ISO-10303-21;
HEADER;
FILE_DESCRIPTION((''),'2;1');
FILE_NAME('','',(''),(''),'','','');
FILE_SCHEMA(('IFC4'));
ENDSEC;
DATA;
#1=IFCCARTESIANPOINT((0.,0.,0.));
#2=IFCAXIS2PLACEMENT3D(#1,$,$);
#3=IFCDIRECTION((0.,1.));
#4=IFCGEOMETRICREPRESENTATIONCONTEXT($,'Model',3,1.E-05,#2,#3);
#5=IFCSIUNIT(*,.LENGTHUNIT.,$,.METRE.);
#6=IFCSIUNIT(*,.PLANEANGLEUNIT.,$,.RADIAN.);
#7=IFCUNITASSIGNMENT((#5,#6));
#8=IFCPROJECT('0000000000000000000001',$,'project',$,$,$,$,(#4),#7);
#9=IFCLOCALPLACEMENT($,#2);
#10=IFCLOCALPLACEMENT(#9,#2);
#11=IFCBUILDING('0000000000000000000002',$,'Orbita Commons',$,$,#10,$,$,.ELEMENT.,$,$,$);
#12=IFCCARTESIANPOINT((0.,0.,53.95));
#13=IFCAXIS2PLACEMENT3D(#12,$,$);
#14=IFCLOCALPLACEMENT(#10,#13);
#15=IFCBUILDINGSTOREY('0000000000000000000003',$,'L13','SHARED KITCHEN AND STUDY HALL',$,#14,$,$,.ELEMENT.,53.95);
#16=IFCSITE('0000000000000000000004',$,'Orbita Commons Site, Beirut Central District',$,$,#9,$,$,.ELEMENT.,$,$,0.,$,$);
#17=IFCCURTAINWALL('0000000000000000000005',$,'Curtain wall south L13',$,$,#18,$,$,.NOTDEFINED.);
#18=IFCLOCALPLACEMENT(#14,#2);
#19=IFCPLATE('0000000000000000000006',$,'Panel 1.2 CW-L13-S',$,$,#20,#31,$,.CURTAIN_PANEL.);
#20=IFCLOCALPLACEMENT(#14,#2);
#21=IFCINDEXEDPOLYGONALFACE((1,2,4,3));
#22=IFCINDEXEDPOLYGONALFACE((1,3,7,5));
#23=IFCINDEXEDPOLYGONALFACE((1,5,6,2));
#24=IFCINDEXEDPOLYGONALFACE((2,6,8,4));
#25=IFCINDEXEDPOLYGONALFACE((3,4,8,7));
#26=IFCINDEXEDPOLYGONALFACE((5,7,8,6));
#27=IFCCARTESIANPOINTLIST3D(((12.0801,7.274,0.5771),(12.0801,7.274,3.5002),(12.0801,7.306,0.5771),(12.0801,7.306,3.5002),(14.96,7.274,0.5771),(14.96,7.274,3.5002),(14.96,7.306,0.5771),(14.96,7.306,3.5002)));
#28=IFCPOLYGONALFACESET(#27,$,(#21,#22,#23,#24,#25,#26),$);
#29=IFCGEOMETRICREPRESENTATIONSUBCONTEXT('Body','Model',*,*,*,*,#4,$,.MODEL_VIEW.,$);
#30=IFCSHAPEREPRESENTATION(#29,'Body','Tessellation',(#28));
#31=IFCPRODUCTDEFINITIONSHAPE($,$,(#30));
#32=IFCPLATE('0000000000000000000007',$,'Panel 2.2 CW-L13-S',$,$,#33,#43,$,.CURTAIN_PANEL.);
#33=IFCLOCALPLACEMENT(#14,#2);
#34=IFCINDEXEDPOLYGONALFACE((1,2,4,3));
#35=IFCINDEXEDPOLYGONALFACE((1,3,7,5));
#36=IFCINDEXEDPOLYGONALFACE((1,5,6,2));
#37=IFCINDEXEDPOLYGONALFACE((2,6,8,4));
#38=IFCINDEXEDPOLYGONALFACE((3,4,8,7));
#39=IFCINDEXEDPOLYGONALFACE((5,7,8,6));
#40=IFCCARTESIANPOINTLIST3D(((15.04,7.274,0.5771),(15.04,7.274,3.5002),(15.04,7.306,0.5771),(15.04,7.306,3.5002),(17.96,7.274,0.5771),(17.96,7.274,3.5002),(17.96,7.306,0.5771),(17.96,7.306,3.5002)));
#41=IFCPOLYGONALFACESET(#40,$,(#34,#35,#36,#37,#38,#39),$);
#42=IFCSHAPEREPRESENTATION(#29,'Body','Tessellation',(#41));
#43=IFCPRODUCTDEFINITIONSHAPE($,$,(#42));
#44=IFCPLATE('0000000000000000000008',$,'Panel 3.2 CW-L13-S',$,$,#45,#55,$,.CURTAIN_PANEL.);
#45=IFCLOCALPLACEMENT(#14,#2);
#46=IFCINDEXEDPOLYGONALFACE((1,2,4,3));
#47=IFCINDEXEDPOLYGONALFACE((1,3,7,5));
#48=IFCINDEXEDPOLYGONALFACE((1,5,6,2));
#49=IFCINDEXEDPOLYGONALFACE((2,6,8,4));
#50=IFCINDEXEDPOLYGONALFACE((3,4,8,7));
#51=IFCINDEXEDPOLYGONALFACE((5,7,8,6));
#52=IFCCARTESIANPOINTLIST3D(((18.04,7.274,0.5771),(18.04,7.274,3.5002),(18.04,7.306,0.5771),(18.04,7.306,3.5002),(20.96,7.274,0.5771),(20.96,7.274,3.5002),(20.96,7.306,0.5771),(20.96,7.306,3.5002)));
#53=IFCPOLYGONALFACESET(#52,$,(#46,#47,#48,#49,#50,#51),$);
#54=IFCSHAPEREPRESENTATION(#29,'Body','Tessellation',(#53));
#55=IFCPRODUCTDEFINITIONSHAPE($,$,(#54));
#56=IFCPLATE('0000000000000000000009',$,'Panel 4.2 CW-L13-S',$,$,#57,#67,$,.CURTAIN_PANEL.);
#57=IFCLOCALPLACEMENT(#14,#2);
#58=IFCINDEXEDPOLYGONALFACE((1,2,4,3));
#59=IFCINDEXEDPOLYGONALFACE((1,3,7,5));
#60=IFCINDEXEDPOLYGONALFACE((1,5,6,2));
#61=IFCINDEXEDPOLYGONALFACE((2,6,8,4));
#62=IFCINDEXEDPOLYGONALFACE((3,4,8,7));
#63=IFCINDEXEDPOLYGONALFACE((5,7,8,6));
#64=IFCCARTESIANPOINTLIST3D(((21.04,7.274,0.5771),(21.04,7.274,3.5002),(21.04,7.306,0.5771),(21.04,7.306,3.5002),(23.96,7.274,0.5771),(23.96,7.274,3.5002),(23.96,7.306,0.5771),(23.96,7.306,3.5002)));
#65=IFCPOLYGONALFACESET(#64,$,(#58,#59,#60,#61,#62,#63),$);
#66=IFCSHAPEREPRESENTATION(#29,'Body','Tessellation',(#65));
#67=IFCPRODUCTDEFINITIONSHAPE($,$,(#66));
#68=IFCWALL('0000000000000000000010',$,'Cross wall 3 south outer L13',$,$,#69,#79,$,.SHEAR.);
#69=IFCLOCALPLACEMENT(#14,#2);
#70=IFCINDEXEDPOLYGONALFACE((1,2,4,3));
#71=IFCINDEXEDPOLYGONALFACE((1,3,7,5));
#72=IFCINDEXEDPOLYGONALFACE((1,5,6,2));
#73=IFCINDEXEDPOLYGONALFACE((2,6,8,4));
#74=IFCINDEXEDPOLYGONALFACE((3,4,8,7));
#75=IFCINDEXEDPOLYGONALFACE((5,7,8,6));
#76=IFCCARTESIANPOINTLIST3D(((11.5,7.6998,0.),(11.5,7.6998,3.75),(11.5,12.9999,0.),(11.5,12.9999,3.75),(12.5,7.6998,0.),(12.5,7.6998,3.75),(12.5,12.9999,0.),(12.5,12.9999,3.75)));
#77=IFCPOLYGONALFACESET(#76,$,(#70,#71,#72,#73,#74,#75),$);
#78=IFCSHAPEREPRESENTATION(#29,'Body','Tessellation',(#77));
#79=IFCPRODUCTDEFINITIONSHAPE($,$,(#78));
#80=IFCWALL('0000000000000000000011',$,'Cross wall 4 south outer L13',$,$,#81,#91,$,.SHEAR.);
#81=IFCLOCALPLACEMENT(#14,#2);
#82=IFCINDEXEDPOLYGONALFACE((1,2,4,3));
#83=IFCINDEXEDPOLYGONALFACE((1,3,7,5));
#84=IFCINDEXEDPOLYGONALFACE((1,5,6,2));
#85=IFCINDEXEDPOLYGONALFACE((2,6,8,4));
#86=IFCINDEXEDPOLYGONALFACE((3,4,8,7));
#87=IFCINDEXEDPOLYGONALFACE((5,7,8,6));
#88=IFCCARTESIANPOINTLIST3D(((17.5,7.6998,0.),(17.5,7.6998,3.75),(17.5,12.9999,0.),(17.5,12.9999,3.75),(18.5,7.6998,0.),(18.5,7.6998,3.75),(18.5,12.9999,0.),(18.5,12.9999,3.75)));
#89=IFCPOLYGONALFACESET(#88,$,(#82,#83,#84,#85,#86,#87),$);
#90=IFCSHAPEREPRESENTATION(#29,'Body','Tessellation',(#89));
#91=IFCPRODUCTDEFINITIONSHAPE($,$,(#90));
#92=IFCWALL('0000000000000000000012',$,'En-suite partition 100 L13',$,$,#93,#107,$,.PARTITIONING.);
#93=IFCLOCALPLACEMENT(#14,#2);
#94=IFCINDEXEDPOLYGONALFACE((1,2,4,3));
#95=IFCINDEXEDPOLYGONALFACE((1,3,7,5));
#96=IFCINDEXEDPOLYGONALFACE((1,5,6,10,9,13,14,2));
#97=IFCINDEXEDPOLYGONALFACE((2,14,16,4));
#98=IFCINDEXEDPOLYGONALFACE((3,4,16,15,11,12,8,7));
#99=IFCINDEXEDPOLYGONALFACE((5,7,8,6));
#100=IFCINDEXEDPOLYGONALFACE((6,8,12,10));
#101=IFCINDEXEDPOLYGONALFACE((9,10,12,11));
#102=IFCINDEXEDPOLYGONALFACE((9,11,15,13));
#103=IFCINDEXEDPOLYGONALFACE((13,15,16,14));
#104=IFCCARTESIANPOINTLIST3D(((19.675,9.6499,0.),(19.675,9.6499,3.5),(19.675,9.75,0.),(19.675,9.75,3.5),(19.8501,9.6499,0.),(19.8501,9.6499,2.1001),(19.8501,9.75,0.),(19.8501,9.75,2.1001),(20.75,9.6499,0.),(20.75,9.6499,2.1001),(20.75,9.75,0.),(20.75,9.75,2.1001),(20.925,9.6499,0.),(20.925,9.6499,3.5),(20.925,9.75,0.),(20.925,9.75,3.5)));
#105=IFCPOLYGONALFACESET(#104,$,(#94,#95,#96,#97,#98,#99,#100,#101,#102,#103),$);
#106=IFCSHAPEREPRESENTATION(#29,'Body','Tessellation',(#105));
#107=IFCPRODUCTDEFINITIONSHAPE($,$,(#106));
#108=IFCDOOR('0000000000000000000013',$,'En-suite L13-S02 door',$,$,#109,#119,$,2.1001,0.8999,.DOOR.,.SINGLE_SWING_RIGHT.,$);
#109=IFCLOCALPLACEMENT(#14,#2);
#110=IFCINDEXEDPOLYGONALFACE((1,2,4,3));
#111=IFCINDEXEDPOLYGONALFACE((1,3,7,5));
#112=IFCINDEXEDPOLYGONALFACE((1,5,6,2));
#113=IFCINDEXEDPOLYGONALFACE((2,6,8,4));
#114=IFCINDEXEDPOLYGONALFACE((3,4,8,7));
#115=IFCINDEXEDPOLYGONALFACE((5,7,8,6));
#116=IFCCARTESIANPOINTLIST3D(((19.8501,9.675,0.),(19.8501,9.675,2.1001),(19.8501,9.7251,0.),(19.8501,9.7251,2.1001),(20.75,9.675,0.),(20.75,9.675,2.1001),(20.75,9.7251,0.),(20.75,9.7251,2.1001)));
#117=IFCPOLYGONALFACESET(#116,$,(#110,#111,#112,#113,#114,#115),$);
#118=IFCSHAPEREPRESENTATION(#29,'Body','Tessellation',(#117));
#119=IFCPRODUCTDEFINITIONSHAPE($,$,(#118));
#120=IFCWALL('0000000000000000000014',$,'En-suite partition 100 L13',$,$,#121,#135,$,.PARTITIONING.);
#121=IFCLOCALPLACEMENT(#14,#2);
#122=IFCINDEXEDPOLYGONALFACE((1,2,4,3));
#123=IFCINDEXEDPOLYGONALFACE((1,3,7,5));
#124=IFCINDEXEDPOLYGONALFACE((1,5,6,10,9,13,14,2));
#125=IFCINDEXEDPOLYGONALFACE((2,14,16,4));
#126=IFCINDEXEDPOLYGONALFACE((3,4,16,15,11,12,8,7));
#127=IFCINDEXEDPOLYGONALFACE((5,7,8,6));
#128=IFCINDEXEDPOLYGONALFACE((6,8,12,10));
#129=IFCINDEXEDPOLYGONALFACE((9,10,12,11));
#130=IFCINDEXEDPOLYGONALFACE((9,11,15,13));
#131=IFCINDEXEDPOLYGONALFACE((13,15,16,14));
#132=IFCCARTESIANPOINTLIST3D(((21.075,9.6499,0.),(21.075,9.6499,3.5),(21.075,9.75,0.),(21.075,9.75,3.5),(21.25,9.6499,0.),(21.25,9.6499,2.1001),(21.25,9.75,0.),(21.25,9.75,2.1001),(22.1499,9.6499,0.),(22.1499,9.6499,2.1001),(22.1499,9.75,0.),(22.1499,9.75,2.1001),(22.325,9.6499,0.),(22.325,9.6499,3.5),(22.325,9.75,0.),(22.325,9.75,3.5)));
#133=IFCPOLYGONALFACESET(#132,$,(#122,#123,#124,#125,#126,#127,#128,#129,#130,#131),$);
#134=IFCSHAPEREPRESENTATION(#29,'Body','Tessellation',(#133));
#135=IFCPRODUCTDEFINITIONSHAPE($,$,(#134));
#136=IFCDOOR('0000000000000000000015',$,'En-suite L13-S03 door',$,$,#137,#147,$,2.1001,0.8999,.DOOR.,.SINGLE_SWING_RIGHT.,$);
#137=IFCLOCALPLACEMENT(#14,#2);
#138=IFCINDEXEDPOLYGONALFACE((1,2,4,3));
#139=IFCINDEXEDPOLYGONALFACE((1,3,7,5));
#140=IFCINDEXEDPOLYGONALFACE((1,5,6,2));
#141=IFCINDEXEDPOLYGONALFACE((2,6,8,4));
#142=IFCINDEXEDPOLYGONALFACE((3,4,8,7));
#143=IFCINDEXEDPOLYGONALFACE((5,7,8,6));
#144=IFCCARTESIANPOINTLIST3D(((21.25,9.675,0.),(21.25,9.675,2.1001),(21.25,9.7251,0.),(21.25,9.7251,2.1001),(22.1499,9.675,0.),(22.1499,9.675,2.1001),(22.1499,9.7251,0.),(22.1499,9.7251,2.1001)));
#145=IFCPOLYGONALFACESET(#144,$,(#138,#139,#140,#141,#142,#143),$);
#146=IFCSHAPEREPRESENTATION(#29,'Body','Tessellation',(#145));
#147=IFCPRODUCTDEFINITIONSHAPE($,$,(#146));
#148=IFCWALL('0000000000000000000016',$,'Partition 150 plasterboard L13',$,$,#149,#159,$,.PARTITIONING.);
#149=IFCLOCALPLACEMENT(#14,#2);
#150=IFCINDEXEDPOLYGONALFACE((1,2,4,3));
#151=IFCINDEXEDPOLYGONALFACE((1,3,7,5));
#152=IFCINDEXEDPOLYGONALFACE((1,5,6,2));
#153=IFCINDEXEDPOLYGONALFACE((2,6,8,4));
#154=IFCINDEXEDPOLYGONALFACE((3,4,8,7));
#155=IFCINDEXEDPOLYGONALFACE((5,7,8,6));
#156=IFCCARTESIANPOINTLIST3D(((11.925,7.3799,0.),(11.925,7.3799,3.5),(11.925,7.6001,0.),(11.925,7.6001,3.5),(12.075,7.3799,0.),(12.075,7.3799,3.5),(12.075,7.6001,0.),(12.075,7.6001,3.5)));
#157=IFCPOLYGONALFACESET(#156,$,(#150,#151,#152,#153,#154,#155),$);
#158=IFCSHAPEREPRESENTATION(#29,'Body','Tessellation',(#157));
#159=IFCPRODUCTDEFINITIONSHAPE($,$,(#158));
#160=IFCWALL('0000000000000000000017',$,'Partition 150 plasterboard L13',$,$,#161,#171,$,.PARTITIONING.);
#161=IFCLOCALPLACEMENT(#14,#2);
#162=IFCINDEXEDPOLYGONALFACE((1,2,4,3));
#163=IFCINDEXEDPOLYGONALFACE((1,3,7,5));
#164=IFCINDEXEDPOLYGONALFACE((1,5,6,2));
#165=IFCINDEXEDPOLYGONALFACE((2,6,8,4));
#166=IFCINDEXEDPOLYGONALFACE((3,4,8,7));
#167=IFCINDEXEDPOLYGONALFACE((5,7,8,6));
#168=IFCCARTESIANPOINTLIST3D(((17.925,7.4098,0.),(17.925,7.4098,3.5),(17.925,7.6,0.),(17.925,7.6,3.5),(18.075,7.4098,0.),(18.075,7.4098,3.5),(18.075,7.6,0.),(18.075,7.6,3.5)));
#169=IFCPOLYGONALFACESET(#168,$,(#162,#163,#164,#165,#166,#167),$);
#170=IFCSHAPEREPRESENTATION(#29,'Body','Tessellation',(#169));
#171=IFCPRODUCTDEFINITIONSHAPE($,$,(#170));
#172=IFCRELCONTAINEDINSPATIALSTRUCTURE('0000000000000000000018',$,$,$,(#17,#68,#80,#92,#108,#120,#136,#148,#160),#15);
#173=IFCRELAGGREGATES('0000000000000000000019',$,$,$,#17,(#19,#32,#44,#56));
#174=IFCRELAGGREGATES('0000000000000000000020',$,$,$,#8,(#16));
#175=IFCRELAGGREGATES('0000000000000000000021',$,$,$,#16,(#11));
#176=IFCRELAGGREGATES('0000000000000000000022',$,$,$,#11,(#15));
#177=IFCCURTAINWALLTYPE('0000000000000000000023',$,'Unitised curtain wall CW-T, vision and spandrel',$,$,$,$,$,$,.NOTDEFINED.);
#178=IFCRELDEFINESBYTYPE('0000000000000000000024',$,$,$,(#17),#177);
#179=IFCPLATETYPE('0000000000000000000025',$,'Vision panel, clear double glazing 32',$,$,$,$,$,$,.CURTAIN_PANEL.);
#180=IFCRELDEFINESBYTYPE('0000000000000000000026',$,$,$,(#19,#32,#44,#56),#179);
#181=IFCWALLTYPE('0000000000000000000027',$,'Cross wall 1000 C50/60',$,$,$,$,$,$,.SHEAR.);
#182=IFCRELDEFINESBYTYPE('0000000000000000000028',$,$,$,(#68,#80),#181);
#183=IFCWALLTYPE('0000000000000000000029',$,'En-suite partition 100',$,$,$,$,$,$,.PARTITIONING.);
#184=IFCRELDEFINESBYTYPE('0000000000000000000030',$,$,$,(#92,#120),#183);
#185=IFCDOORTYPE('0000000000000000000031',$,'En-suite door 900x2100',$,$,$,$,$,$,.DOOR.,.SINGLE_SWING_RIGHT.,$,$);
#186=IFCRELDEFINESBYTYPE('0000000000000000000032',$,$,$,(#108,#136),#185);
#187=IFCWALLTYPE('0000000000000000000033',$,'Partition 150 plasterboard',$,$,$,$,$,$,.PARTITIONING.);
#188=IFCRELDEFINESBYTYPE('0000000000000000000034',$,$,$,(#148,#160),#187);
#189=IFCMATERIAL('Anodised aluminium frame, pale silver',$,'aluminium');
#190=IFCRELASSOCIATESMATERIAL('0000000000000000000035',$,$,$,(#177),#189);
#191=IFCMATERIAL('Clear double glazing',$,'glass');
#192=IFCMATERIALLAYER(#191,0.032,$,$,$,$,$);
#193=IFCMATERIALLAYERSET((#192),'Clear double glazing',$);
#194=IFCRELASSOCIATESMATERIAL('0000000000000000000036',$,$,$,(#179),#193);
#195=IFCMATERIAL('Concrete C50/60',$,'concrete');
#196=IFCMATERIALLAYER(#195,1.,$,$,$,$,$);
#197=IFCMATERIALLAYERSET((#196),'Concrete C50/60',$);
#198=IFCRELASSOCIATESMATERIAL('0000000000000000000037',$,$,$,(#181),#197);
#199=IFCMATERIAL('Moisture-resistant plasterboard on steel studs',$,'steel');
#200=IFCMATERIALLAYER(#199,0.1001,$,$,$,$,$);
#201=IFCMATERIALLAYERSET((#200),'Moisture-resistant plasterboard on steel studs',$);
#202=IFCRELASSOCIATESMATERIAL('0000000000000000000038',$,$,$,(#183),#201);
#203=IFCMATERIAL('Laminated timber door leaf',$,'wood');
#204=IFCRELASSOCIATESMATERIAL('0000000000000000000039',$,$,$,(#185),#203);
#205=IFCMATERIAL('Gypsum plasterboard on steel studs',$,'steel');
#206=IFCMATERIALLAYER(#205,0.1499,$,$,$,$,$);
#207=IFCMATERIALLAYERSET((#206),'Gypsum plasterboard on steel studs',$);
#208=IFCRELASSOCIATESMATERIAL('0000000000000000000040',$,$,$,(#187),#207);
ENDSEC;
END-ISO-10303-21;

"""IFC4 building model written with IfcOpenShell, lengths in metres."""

from ifc_helpers import new_model, si_unit, direction, frame, frame_2d, origin, origin_2d, place, context, subcontext, project, spatial, rectangle, extrude, material, layer, layer_set, type_object, element, fill, aggregate, save


model = new_model("IFC4")

# Units and contexts
model_context = context("Model", 3, precision=1e-05, world=origin(), true_north=direction((0.0, 1.0)))
body_context = subcontext(model_context, "Body", "Model", "MODEL_VIEW")
ifc_project = project(units=[si_unit("LENGTHUNIT", "METRE"), si_unit("PLANEANGLEUNIT", "RADIAN")], contexts=[model_context])

# Site, building, storey
site_placement = place(None, origin())
site = spatial("IfcSite", under=ifc_project, at=site_placement, Name="Orbita Commons Site, Beirut Central District", CompositionType="ELEMENT", RefElevation=0.0)
building_placement = place(site_placement, origin())
building = spatial("IfcBuilding", under=site, at=building_placement, Name="Orbita Commons", CompositionType="ELEMENT")
storey_placement = place(building_placement, frame((0.0, 0.0, 53.95)))
storey = spatial("IfcBuildingStorey", under=building, at=storey_placement, Name="L13", Description="SHARED KITCHEN AND STUDY HALL", CompositionType="ELEMENT", Elevation=53.95)

# Curtain wall
ifc_material_1 = material(Name="Anodised aluminium frame, pale silver", Category="aluminium")
curtain_wall_type = type_object("IfcCurtainWallType", Name="Unitised curtain wall CW-T, vision and spandrel", PredefinedType="NOTDEFINED", material=ifc_material_1)
curtain_wall_placement = place(storey_placement, origin())
curtain_wall = element("IfcCurtainWall", 1, at=curtain_wall_placement, inside=storey, type_object=curtain_wall_type, Name="Curtain wall south L13", PredefinedType="NOTDEFINED")

# Plates
ifc_material_2 = material(Name="Clear double glazing", Category="glass")
ifc_layer_1 = layer(ifc_material_2, 0.032)
ifc_layer_set_1 = layer_set([ifc_layer_1], Name="Clear double glazing")
plate_type_1 = type_object("IfcPlateType", Name="Vision panel, clear double glazing 32", PredefinedType="CURTAIN_PANEL", material=ifc_layer_set_1)
plate_1_placement = place(storey_placement, frame((13.52, 7.29, 0.5771), z_axis=(0.0, 0.0, 1.0), x_axis=(1.0, 0.0, 0.0)))
plate_1 = element("IfcPlate", 2, at=plate_1_placement, type_object=plate_type_1, Name="Panel 1.2 CW-L13-S", PredefinedType="CURTAIN_PANEL", context=body_context, shape_type="SweptSolid", body=[
    extrude(rectangle(XDim=2.8799, YDim=0.032, at=origin_2d()), origin(), (0.0, 0.0, 1.0), 2.9231),
])
plate_2_placement = place(storey_placement, frame((16.5, 7.29, 0.5771), z_axis=(0.0, 0.0, 1.0), x_axis=(1.0, 0.0, 0.0)))
plate_2 = element("IfcPlate", 3, at=plate_2_placement, type_object=plate_type_1, Name="Panel 2.2 CW-L13-S", PredefinedType="CURTAIN_PANEL", context=body_context, shape_type="SweptSolid", body=[
    extrude(rectangle(XDim=2.9199, YDim=0.032, at=origin_2d()), origin(), (0.0, 0.0, 1.0), 2.9231),
])
plate_3_placement = place(storey_placement, frame((19.5, 7.29, 0.5771), z_axis=(0.0, 0.0, 1.0), x_axis=(1.0, 0.0, 0.0)))
plate_3 = element("IfcPlate", 4, at=plate_3_placement, type_object=plate_type_1, Name="Panel 3.2 CW-L13-S", PredefinedType="CURTAIN_PANEL", context=body_context, shape_type="SweptSolid", body=[
    extrude(rectangle(XDim=2.9199, YDim=0.032, at=origin_2d()), origin(), (0.0, 0.0, 1.0), 2.9231),
])
plate_4_placement = place(storey_placement, frame((22.5, 7.29, 0.5771), z_axis=(0.0, 0.0, 1.0), x_axis=(1.0, 0.0, 0.0)))
plate_4 = element("IfcPlate", 5, at=plate_4_placement, type_object=plate_type_1, Name="Panel 4.2 CW-L13-S", PredefinedType="CURTAIN_PANEL", context=body_context, shape_type="SweptSolid", body=[
    extrude(rectangle(XDim=2.9199, YDim=0.032, at=origin_2d()), origin(), (0.0, 0.0, 1.0), 2.9231),
])
aggregate(curtain_wall, [plate_1, plate_2, plate_3, plate_4])

# Walls
ifc_material_3 = material(Name="Concrete C50/60", Category="concrete")
ifc_layer_2 = layer(ifc_material_3, 1.0)
ifc_layer_set_2 = layer_set([ifc_layer_2], Name="Concrete C50/60")
wall_type_1 = type_object("IfcWallType", Name="Cross wall 1000 C50/60", PredefinedType="SHEAR", material=ifc_layer_set_2)
for number, where, z_axis, x_axis, name in (
    (6, (12.0, 7.7, 0.0), (0.0, 0.0, 1.0), (0.0, 1.0, 0.0), "Cross wall 3 south outer L13"),
    (7, (18.0, 7.7, 0.0), (0.0, 0.0, 1.0), (0.0, 1.0, 0.0), "Cross wall 4 south outer L13"),
):
    element("IfcWall", number, at=place(storey_placement, frame(where, z_axis=z_axis, x_axis=x_axis)), inside=storey, type_object=wall_type_1, Name=name, PredefinedType="SHEAR", context=body_context, shape_type="SweptSolid", body=[
        extrude(rectangle(XDim=5.3, YDim=1.0, at=frame_2d((2.6499, 0.0))), origin(), (0.0, 0.0, 1.0), 3.75),
    ])

# Walls, openings, doors
ifc_material_4 = material(Name="Moisture-resistant plasterboard on steel studs", Category="steel")
ifc_layer_3 = layer(ifc_material_4, 0.1001)
ifc_layer_set_3 = layer_set([ifc_layer_3], Name="Moisture-resistant plasterboard on steel studs")
wall_type_2 = type_object("IfcWallType", Name="En-suite partition 100", PredefinedType="PARTITIONING", material=ifc_layer_set_3)
wall_1_placement = place(storey_placement, frame((20.925, 9.7, 0.0), z_axis=(0.0, 0.0, 1.0), x_axis=(-1.0, 0.0, 0.0)))
wall_1 = element("IfcWall", 8, at=wall_1_placement, inside=storey, type_object=wall_type_2, Name="En-suite partition 100 L13", PredefinedType="PARTITIONING", context=body_context, shape_type="SweptSolid", body=[
    extrude(rectangle(XDim=1.25, YDim=0.1001, at=frame_2d((0.625, 0.0))), origin(), (0.0, 0.0, 1.0), 3.5),
])
opening_1_placement = place(wall_1_placement, frame((0.175, 0.0, 0.0)))
opening_1 = element("IfcOpeningElement", 9, at=opening_1_placement, cuts=wall_1, PredefinedType="OPENING", context=body_context, shape_type="SweptSolid", body=[
    extrude(rectangle(XDim=0.8999, YDim=2.1001, at=frame_2d((0.45, 1.05))), frame((0.0, 0.0601, 0.0), z_axis=(0.0, -1.0, 0.0), x_axis=(1.0, 0.0, 0.0)), (0.0, 0.0, 1.0), 0.1201),
])
ifc_material_5 = material(Name="Laminated timber door leaf", Category="wood")
door_type = type_object("IfcDoorType", Name="En-suite door 900x2100", OperationType="SINGLE_SWING_RIGHT", PredefinedType="DOOR", material=ifc_material_5)
door_1_placement = place(opening_1_placement, origin())
door_1 = element("IfcDoor", 10, at=door_1_placement, inside=storey, type_object=door_type, Name="En-suite L13-S02 door", OperationType="SINGLE_SWING_RIGHT", OverallHeight=2.1001, OverallWidth=0.8999, PredefinedType="DOOR", context=body_context, shape_type="SweptSolid", body=[
    extrude(rectangle(XDim=0.8999, YDim=2.1001, at=frame_2d((0.45, 1.05))), frame((0.0, 0.0249, 0.0), z_axis=(0.0, -1.0, 0.0), x_axis=(1.0, 0.0, 0.0)), (0.0, 0.0, 1.0), 0.05),
])
fill(opening_1, door_1)
wall_2_placement = place(storey_placement, frame((22.325, 9.7, 0.0), z_axis=(0.0, 0.0, 1.0), x_axis=(-1.0, 0.0, 0.0)))
wall_2 = element("IfcWall", 11, at=wall_2_placement, inside=storey, type_object=wall_type_2, Name="En-suite partition 100 L13", PredefinedType="PARTITIONING", context=body_context, shape_type="SweptSolid", body=[
    extrude(rectangle(XDim=1.25, YDim=0.1001, at=frame_2d((0.625, 0.0))), origin(), (0.0, 0.0, 1.0), 3.5),
])
opening_2_placement = place(wall_2_placement, frame((0.175, 0.0, 0.0)))
opening_2 = element("IfcOpeningElement", 12, at=opening_2_placement, cuts=wall_2, PredefinedType="OPENING", context=body_context, shape_type="SweptSolid", body=[
    extrude(rectangle(XDim=0.8999, YDim=2.1001, at=frame_2d((0.45, 1.05))), frame((0.0, 0.0601, 0.0), z_axis=(0.0, -1.0, 0.0), x_axis=(1.0, 0.0, 0.0)), (0.0, 0.0, 1.0), 0.1201),
])
door_2_placement = place(opening_2_placement, origin())
door_2 = element("IfcDoor", 13, at=door_2_placement, inside=storey, type_object=door_type, Name="En-suite L13-S03 door", OperationType="SINGLE_SWING_RIGHT", OverallHeight=2.1001, OverallWidth=0.8999, PredefinedType="DOOR", context=body_context, shape_type="SweptSolid", body=[
    extrude(rectangle(XDim=0.8999, YDim=2.1001, at=frame_2d((0.45, 1.05))), frame((0.0, 0.0249, 0.0), z_axis=(0.0, -1.0, 0.0), x_axis=(1.0, 0.0, 0.0)), (0.0, 0.0, 1.0), 0.05),
])
fill(opening_2, door_2)

# Walls
ifc_material_6 = material(Name="Gypsum plasterboard on steel studs", Category="steel")
ifc_layer_4 = layer(ifc_material_6, 0.1499)
ifc_layer_set_4 = layer_set([ifc_layer_4], Name="Gypsum plasterboard on steel studs")
wall_type_3 = type_object("IfcWallType", Name="Partition 150 plasterboard", PredefinedType="PARTITIONING", material=ifc_layer_set_4)
wall_3_placement = place(storey_placement, frame((12.0, 7.6001, 0.0), z_axis=(0.0, 0.0, 1.0), x_axis=(0.0, -1.0, 0.0)))
element("IfcWall", 14, at=wall_3_placement, inside=storey, type_object=wall_type_3, Name="Partition 150 plasterboard L13", PredefinedType="PARTITIONING", context=body_context, shape_type="SweptSolid", body=[
    extrude(rectangle(XDim=0.2202, YDim=0.1499, at=frame_2d((0.1101, 0.0))), origin(), (0.0, 0.0, 1.0), 3.5),
])
wall_4_placement = place(storey_placement, frame((18.0, 7.6001, 0.0), z_axis=(0.0, 0.0, 1.0), x_axis=(0.0, -1.0, 0.0)))
element("IfcWall", 15, at=wall_4_placement, inside=storey, type_object=wall_type_3, Name="Partition 150 plasterboard L13", PredefinedType="PARTITIONING", context=body_context, shape_type="SweptSolid", body=[
    extrude(rectangle(XDim=0.1902, YDim=0.1499, at=frame_2d((0.0952, 0.0))), origin(), (0.0, 0.0, 1.0), 3.5),
])

save(model, "model.ifc")
